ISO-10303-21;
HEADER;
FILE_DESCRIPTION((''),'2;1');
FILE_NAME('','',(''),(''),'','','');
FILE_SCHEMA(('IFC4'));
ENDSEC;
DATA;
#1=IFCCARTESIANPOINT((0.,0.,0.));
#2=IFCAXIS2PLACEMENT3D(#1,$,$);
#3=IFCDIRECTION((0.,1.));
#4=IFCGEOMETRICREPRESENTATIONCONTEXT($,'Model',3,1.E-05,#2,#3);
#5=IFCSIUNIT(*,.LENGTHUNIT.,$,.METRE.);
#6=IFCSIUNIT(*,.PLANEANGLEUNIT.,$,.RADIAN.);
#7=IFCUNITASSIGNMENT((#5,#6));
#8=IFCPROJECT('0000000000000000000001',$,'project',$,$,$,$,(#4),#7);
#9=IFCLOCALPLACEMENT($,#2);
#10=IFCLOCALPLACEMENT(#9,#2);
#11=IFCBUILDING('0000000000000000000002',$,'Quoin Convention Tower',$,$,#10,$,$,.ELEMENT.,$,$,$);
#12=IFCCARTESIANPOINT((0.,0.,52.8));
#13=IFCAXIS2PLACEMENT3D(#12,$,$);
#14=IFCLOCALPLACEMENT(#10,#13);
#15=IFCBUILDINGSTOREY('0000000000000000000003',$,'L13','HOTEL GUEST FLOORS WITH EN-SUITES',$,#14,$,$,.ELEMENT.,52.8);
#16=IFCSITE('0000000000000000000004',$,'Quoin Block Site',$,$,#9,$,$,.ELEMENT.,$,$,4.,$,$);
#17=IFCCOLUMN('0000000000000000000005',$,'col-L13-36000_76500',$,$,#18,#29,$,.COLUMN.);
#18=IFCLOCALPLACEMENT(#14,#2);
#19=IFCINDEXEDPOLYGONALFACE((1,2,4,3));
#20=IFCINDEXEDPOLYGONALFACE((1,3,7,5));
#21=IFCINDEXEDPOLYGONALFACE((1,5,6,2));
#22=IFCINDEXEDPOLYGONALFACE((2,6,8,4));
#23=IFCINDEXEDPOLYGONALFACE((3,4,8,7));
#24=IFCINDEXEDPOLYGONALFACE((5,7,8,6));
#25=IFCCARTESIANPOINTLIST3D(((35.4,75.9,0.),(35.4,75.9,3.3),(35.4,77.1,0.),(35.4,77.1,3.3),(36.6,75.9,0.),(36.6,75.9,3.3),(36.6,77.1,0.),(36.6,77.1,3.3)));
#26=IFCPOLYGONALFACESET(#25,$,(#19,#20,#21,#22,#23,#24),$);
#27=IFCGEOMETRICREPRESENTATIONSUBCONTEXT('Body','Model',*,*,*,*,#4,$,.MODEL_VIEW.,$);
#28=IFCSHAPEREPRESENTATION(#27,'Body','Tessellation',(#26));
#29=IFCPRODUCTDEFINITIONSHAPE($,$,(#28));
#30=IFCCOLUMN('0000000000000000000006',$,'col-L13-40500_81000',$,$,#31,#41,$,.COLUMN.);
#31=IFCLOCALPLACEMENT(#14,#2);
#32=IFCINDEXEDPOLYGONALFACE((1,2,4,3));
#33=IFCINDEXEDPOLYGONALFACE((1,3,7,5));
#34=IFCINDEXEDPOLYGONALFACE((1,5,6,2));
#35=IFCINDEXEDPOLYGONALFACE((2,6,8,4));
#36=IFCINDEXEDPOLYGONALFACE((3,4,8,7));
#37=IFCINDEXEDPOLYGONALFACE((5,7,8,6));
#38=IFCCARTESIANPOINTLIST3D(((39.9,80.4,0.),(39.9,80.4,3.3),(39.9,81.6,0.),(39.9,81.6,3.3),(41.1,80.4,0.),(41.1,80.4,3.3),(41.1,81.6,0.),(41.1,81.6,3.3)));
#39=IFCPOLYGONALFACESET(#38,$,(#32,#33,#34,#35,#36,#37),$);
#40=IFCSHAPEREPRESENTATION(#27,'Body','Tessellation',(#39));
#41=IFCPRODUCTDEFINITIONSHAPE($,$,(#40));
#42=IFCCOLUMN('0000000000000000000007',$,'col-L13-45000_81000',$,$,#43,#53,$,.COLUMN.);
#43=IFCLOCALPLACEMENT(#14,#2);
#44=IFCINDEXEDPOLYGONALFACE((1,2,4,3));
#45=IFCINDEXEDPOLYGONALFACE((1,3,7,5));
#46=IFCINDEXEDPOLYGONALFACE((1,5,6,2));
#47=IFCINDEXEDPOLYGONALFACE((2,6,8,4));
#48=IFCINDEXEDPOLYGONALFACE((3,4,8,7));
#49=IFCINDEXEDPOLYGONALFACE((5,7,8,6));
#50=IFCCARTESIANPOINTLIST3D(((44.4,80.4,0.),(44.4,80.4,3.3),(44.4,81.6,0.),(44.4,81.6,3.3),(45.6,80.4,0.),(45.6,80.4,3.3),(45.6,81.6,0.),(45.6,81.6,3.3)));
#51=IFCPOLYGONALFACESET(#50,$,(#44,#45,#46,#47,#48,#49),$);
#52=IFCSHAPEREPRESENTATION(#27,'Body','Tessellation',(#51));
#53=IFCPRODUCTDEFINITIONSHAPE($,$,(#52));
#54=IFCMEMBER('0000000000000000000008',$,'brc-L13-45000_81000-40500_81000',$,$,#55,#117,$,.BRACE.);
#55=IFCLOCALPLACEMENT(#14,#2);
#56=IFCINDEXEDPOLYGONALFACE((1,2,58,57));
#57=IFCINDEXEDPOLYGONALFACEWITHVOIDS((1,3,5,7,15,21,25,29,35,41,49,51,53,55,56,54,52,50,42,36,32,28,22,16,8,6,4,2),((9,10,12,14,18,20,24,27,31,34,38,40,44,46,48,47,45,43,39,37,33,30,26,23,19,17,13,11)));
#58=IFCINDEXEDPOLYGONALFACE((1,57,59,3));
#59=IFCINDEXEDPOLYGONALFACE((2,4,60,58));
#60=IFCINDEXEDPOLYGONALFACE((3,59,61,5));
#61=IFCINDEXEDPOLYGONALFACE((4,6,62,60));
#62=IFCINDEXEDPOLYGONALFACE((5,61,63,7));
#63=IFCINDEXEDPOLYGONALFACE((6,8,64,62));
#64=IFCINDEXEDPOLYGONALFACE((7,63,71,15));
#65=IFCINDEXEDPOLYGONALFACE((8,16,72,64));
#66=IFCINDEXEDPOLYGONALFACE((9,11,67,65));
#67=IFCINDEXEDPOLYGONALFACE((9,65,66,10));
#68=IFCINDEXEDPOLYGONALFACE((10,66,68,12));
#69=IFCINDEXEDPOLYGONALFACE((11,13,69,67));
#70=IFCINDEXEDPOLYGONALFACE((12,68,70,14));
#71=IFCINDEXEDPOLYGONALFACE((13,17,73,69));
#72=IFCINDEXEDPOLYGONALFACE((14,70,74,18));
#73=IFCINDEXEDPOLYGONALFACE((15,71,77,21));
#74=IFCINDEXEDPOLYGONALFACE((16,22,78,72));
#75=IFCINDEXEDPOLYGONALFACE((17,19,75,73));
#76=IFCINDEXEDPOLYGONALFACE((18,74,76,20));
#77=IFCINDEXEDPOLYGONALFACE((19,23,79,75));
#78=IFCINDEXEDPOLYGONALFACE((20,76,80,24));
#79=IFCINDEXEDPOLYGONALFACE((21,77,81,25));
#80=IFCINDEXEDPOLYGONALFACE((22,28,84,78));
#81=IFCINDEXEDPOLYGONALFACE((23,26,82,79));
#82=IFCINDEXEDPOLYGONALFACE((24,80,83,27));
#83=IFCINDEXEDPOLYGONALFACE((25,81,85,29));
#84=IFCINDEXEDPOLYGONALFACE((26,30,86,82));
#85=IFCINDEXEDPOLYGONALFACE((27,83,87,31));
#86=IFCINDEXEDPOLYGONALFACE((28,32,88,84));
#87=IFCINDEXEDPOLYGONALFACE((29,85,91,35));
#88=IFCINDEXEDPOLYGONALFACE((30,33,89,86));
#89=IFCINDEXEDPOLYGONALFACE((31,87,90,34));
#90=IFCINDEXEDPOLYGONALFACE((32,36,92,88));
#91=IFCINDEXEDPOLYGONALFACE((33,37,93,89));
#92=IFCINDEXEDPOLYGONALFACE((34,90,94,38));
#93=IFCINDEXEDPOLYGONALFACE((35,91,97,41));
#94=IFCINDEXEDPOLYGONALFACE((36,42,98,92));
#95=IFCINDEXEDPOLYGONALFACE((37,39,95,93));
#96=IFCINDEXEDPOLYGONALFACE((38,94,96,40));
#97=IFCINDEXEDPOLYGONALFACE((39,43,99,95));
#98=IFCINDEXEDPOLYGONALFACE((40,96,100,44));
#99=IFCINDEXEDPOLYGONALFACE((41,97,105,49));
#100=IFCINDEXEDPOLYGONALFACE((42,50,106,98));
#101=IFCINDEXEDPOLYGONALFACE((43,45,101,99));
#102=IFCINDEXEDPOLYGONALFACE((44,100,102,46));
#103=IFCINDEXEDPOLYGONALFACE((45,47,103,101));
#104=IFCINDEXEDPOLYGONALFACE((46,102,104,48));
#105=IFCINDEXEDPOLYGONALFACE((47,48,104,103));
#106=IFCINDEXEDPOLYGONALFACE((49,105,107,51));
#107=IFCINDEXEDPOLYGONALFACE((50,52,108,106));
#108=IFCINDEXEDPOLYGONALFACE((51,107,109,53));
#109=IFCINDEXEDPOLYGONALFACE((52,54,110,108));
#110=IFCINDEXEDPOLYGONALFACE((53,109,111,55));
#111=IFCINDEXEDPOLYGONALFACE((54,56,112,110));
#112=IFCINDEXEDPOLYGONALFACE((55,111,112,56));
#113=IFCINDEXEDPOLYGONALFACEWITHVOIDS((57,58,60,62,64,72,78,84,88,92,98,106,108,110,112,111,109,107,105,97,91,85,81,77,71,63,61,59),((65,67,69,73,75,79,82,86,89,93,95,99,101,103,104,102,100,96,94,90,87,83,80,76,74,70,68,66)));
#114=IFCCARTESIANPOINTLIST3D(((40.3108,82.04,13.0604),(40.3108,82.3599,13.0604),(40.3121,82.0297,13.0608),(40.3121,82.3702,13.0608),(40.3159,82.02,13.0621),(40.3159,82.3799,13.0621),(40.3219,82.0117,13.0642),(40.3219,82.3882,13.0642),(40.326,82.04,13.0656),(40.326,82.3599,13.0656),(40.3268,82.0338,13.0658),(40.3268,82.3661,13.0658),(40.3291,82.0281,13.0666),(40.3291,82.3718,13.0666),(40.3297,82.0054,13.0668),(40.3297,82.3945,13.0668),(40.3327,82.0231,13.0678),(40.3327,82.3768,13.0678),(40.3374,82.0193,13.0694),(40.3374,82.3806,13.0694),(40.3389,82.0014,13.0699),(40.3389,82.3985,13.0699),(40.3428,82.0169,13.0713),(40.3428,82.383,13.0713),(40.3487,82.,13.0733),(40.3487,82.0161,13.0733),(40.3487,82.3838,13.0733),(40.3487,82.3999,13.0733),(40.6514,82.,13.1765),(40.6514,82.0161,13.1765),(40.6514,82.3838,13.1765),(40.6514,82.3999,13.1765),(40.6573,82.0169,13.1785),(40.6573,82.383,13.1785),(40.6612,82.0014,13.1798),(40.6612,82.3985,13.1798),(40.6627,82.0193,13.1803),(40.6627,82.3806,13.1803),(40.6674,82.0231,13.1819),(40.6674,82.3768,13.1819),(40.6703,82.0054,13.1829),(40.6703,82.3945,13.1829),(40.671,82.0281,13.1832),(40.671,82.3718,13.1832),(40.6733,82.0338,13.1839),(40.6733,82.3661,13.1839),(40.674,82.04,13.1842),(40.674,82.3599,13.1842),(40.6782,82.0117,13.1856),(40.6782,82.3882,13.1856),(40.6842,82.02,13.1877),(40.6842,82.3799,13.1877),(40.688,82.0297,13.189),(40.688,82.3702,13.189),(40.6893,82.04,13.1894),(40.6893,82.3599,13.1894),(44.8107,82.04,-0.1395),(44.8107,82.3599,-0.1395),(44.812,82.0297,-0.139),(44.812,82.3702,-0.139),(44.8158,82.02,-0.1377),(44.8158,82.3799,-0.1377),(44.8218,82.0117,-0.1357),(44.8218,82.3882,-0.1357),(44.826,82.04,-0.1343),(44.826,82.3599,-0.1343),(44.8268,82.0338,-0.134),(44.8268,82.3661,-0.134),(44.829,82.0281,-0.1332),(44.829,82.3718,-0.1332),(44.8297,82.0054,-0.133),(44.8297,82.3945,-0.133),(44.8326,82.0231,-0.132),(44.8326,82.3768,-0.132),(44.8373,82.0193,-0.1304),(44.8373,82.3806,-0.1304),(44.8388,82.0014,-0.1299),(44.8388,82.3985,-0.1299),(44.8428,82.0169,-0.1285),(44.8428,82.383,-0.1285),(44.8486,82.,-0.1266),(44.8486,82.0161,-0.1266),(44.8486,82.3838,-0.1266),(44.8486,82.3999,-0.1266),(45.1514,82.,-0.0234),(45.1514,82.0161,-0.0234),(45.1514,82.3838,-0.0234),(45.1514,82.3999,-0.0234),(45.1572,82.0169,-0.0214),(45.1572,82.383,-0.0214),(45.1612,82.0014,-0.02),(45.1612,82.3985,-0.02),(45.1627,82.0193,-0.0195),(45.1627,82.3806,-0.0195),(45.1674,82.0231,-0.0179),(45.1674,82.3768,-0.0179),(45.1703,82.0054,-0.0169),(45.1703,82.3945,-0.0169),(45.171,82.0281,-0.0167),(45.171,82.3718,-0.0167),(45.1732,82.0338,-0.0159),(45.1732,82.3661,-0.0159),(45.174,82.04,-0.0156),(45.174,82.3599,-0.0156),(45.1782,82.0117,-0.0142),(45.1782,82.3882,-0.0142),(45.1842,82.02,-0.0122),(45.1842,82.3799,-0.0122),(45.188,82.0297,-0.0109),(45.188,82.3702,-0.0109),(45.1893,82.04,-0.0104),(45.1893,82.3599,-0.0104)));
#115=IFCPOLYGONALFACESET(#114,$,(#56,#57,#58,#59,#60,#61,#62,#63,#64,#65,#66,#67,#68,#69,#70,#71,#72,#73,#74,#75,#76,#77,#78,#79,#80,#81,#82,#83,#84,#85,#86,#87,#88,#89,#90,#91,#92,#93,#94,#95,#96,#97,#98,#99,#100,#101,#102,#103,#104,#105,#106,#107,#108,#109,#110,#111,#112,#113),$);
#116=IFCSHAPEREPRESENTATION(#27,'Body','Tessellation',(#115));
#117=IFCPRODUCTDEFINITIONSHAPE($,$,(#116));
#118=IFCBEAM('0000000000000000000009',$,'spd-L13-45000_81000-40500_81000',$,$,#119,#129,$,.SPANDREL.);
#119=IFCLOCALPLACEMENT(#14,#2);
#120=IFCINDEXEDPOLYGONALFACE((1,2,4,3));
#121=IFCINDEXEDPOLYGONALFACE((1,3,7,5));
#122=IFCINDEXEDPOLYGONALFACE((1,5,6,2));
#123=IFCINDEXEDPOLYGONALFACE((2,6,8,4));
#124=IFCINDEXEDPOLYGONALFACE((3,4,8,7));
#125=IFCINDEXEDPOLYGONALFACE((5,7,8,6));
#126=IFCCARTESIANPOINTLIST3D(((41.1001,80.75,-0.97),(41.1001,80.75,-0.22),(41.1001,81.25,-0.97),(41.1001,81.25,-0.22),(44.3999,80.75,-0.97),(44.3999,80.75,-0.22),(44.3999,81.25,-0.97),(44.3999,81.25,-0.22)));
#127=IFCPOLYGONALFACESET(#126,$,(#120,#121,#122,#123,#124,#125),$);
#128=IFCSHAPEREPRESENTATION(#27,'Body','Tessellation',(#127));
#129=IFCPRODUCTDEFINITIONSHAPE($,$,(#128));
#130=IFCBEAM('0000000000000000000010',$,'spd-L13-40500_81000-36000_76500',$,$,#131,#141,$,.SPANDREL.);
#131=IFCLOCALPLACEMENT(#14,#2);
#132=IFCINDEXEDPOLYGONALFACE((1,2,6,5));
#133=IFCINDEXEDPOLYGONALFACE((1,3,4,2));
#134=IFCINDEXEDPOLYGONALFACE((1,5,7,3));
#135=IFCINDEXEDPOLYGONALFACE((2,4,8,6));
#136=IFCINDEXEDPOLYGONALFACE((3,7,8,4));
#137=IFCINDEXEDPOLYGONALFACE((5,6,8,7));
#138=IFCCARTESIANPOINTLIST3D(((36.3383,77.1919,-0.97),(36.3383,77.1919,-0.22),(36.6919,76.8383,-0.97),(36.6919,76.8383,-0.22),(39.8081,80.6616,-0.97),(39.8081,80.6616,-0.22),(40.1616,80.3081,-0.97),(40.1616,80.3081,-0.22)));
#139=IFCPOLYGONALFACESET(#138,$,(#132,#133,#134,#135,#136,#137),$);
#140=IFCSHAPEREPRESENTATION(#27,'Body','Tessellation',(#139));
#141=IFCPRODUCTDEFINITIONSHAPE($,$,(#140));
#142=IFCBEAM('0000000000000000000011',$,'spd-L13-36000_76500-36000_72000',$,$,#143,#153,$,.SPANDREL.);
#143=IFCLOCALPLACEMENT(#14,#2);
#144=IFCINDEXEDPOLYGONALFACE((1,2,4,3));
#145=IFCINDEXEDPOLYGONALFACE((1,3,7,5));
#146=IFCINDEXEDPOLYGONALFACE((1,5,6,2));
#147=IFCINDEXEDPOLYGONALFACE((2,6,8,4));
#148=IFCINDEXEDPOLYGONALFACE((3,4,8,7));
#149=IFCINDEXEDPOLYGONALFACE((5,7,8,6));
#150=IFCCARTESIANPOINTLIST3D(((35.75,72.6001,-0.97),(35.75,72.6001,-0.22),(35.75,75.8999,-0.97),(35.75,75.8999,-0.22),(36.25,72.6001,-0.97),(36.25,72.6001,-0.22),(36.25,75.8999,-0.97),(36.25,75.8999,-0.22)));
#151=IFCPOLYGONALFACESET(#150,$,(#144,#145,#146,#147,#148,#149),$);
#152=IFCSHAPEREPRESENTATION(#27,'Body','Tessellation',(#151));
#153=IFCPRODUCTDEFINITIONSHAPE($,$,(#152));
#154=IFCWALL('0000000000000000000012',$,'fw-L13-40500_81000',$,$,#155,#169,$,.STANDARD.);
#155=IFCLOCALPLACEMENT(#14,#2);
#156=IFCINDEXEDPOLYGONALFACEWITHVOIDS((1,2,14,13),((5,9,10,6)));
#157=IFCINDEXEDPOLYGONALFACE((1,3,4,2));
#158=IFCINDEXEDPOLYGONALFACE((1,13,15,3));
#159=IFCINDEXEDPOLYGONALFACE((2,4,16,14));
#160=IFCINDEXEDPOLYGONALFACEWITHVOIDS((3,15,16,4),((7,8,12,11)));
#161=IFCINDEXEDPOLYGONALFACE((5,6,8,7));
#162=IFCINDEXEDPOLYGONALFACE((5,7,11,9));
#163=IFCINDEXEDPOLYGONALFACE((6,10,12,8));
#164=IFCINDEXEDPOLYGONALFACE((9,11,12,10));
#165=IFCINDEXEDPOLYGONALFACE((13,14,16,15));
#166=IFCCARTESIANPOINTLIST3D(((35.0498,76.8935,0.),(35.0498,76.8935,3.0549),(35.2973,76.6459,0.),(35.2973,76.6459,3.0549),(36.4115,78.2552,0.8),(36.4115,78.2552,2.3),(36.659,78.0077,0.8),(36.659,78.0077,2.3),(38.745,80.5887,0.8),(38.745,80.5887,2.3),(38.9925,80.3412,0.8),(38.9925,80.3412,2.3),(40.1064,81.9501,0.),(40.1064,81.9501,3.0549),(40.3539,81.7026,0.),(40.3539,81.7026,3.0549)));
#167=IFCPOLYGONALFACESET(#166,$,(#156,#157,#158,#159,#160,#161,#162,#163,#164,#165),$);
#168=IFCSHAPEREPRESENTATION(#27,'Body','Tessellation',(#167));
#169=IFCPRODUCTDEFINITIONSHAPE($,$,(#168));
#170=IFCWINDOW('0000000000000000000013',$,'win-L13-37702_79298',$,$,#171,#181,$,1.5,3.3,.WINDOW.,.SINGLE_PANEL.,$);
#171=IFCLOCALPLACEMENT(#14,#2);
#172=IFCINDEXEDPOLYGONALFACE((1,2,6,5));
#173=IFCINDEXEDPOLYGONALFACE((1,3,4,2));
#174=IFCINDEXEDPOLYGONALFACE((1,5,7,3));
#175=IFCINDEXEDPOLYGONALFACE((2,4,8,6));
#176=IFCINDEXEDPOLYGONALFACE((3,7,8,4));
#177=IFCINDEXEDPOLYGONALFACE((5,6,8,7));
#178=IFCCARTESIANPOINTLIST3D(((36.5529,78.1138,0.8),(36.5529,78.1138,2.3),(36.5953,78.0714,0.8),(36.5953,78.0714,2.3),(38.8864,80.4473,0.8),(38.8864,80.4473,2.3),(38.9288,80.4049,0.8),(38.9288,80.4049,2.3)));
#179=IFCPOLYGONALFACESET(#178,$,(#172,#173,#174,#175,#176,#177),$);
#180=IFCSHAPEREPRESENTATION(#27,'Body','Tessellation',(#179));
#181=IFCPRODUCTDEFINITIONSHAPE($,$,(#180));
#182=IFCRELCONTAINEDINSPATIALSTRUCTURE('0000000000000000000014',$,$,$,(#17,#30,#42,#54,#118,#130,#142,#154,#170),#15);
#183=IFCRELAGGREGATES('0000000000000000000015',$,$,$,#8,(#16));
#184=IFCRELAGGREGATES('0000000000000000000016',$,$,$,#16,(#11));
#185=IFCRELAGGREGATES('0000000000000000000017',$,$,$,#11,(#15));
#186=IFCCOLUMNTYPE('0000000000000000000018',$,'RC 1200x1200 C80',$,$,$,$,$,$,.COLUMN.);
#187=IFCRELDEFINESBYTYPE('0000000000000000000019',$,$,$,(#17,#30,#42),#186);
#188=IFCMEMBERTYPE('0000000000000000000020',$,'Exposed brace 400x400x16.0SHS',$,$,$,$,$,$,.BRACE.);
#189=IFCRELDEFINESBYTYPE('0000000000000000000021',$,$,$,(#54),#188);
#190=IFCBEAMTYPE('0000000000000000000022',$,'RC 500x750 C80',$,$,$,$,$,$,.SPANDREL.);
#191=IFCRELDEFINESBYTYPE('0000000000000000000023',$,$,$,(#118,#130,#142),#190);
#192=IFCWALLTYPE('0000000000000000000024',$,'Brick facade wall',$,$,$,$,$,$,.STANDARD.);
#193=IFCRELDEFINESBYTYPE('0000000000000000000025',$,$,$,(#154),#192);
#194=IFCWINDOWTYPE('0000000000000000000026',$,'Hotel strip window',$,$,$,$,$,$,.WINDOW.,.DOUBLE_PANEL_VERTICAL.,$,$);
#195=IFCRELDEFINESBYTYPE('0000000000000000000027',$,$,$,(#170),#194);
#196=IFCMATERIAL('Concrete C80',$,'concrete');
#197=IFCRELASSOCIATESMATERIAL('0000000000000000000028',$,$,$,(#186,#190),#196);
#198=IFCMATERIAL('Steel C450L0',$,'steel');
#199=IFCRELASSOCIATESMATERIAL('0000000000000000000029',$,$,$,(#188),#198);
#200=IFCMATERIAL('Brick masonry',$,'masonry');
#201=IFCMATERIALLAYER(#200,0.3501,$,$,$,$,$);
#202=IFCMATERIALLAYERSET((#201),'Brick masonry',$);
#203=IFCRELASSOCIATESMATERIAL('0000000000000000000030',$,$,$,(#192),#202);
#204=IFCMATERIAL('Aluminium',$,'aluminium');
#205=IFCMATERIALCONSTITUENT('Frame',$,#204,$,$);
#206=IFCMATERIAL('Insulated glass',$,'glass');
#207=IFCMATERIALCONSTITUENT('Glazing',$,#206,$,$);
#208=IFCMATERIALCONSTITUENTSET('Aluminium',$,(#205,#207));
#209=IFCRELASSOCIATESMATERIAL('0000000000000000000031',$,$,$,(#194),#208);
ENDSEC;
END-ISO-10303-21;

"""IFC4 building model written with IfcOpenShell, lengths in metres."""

from ifc_helpers import new_model, si_unit, direction, frame, frame_2d, origin, origin_2d, place, context, subcontext, project, spatial, rectangle, hollow_rectangle, extrude, material, layer, layer_set, constituent, constituent_set, material_profile, profile_set, type_object, element, fill, save


model = new_model("IFC4")

# Units and contexts
model_context = context("Model", 3, precision=1e-05, world=origin(), true_north=direction((0.0, 1.0)))
body_context = subcontext(model_context, "Body", "Model", "MODEL_VIEW")
ifc_project = project(units=[si_unit("LENGTHUNIT", "METRE"), si_unit("PLANEANGLEUNIT", "RADIAN")], contexts=[model_context])

# Site, building, storey
site_placement = place(None, origin())
site = spatial("IfcSite", under=ifc_project, at=site_placement, Name="Quoin Block Site", CompositionType="ELEMENT", RefElevation=4.0)
building_placement = place(site_placement, origin())
building = spatial("IfcBuilding", under=site, at=building_placement, Name="Quoin Convention Tower", CompositionType="ELEMENT")
storey_placement = place(building_placement, frame((0.0, 0.0, 52.8)))
storey = spatial("IfcBuildingStorey", under=building, at=storey_placement, Name="L13", Description="HOTEL GUEST FLOORS WITH EN-SUITES", CompositionType="ELEMENT", Elevation=52.8)

# Columns
ifc_material_1 = material(Name="Concrete C80", Category="concrete")
ifc_material_profile_1 = material_profile(ifc_material_1, rectangle(XDim=1.2, YDim=1.2, at=origin_2d()), Name="RC 1200x1200")
ifc_profile_set_1 = profile_set([ifc_material_profile_1], Name="Concrete C80")
column_type = type_object("IfcColumnType", Name="RC 1200x1200 C80", PredefinedType="COLUMN", material=ifc_profile_set_1)
for number, where, z_axis, x_axis, name in (
    (1, (36.0, 76.5, 0.0), (0.0, 0.0, 1.0), (1.0, 0.0, 0.0), "col-L13-36000_76500"),
    (2, (40.5, 81.0, 0.0), (0.0, 0.0, 1.0), (1.0, 0.0, 0.0), "col-L13-40500_81000"),
    (3, (45.0, 81.0, 0.0), (0.0, 0.0, 1.0), (1.0, 0.0, 0.0), "col-L13-45000_81000"),
):
    element("IfcColumn", number, at=place(storey_placement, frame(where, z_axis=z_axis, x_axis=x_axis)), inside=storey, type_object=column_type, Name=name, PredefinedType="COLUMN", context=body_context, shape_type="SweptSolid", body=[
        extrude(rectangle(XDim=1.2, YDim=1.2, at=origin_2d()), origin(), (0.0, 0.0, 1.0), 3.3),
    ])

# Member
ifc_material_2 = material(Name="Steel C450L0", Category="steel")
ifc_material_profile_2 = material_profile(ifc_material_2, hollow_rectangle(XDim=0.3999, YDim=0.3999, WallThickness=0.0161, InnerFilletRadius=0.0239, OuterFilletRadius=0.04, at=origin_2d()), Name="400x400x16.0SHS")
ifc_profile_set_2 = profile_set([ifc_material_profile_2], Name="Steel C450L0")
member_type = type_object("IfcMemberType", Name="Exposed brace 400x400x16.0SHS", PredefinedType="BRACE", material=ifc_profile_set_2)
member_placement = place(storey_placement, frame((45.0, 82.2, -0.075), z_axis=(-0.322675, 0.0, 0.94651), x_axis=(0.0, -1.0, 0.0)))
element("IfcMember", 4, at=member_placement, inside=storey, type_object=member_type, Name="brc-L13-45000_81000-40500_81000", PredefinedType="BRACE", context=body_context, shape_type="SweptSolid", body=[
    extrude(hollow_rectangle(XDim=0.3999, YDim=0.3999, WallThickness=0.0161, InnerFilletRadius=0.0239, OuterFilletRadius=0.04, at=origin_2d()), origin(), (0.0, 0.0, 1.0), 13.9458),
])

# Beams
ifc_material_profile_3 = material_profile(ifc_material_1, rectangle(XDim=0.5, YDim=0.75, at=origin_2d()), Name="RC 500x750")
ifc_profile_set_3 = profile_set([ifc_material_profile_3], Name="Concrete C80")
beam_type = type_object("IfcBeamType", Name="RC 500x750 C80", PredefinedType="SPANDREL", material=ifc_profile_set_3)
beam_1_placement = place(storey_placement, frame((44.3999, 81.0, -0.595), z_axis=(-1.0, 0.0, 0.0), x_axis=(0.0, -1.0, 0.0)))
element("IfcBeam", 5, at=beam_1_placement, inside=storey, type_object=beam_type, Name="spd-L13-45000_81000-40500_81000", PredefinedType="SPANDREL", context=body_context, shape_type="SweptSolid", body=[
    extrude(rectangle(XDim=0.5, YDim=0.75, at=origin_2d()), origin(), (0.0, 0.0, 1.0), 3.2998),
])
beam_2_placement = place(storey_placement, frame((39.9849, 80.4849, -0.595), z_axis=(-0.707107, -0.707107, 0.0), x_axis=(0.707107, -0.707107, 0.0)))
element("IfcBeam", 6, at=beam_2_placement, inside=storey, type_object=beam_type, Name="spd-L13-40500_81000-36000_76500", PredefinedType="SPANDREL", context=body_context, shape_type="SweptSolid", body=[
    extrude(rectangle(XDim=0.5, YDim=0.75, at=origin_2d()), origin(), (0.0, 0.0, 1.0), 4.907),
])
beam_3_placement = place(storey_placement, frame((36.0, 75.8999, -0.595), z_axis=(0.0, -1.0, 0.0), x_axis=(1.0, 0.0, 0.0)))
element("IfcBeam", 7, at=beam_3_placement, inside=storey, type_object=beam_type, Name="spd-L13-36000_76500-36000_72000", PredefinedType="SPANDREL", context=body_context, shape_type="SweptSolid", body=[
    extrude(rectangle(XDim=0.5, YDim=0.75, at=origin_2d()), origin(), (0.0, 0.0, 1.0), 3.2998),
])

# Wall, opening, window
ifc_material_3 = material(Name="Brick masonry", Category="masonry")
ifc_layer_1 = layer(ifc_material_3, 0.3501)
ifc_layer_set_1 = layer_set([ifc_layer_1], Name="Brick masonry")
wall_type_1 = type_object("IfcWallType", Name="Brick facade wall", PredefinedType="STANDARD", material=ifc_layer_set_1)
wall_1_placement = place(storey_placement, frame((40.2302, 81.8264, 0.0), z_axis=(0.0, 0.0, 1.0), x_axis=(-0.707107, -0.707107, 0.0)))
wall_1 = element("IfcWall", 8, at=wall_1_placement, inside=storey, type_object=wall_type_1, Name="fw-L13-40500_81000", PredefinedType="STANDARD", context=body_context, shape_type="SweptSolid", body=[
    extrude(rectangle(XDim=7.1511, YDim=0.3501, at=frame_2d((3.5757, 0.0))), origin(), (0.0, 0.0, 1.0), 3.0549),
])
opening_1_placement = place(wall_1_placement, frame((1.9255, 0.0, 0.8)))
opening_1 = element("IfcOpeningElement", 9, at=opening_1_placement, cuts=wall_1, PredefinedType="OPENING", context=body_context, shape_type="SweptSolid", body=[
    extrude(rectangle(XDim=3.3, YDim=1.5, at=frame_2d((1.6499, 0.75))), frame((0.0, 0.1851, 0.0), z_axis=(0.0, -1.0, 0.0), x_axis=(1.0, 0.0, 0.0)), (0.0, 0.0, 1.0), 0.3701),
])
ifc_material_4 = material(Name="Aluminium", Category="aluminium")
ifc_constituent_1 = constituent(ifc_material_4, Name="Frame")
ifc_material_5 = material(Name="Insulated glass", Category="glass")
ifc_constituent_2 = constituent(ifc_material_5, Name="Glazing")
ifc_constituent_set = constituent_set(constituents=[ifc_constituent_1, ifc_constituent_2], Name="Aluminium")
window_type = type_object("IfcWindowType", Name="Hotel strip window", PartitioningType="DOUBLE_PANEL_VERTICAL", PredefinedType="WINDOW", material=ifc_constituent_set)
window_placement = place(opening_1_placement, origin())
window = element("IfcWindow", 10, at=window_placement, inside=storey, type_object=window_type, Name="win-L13-37702_79298", OverallHeight=1.5, OverallWidth=3.3, PartitioningType="SINGLE_PANEL", PredefinedType="WINDOW", context=body_context, shape_type="SweptSolid", body=[
    extrude(rectangle(XDim=3.3, YDim=1.5, at=frame_2d((1.6499, 0.75))), frame((0.0, 0.085, 0.0), z_axis=(0.0, -1.0, 0.0), x_axis=(1.0, 0.0, 0.0)), (0.0, 0.0, 1.0), 0.0601),
])
fill(opening_1, window)

save(model, "model.ifc")
